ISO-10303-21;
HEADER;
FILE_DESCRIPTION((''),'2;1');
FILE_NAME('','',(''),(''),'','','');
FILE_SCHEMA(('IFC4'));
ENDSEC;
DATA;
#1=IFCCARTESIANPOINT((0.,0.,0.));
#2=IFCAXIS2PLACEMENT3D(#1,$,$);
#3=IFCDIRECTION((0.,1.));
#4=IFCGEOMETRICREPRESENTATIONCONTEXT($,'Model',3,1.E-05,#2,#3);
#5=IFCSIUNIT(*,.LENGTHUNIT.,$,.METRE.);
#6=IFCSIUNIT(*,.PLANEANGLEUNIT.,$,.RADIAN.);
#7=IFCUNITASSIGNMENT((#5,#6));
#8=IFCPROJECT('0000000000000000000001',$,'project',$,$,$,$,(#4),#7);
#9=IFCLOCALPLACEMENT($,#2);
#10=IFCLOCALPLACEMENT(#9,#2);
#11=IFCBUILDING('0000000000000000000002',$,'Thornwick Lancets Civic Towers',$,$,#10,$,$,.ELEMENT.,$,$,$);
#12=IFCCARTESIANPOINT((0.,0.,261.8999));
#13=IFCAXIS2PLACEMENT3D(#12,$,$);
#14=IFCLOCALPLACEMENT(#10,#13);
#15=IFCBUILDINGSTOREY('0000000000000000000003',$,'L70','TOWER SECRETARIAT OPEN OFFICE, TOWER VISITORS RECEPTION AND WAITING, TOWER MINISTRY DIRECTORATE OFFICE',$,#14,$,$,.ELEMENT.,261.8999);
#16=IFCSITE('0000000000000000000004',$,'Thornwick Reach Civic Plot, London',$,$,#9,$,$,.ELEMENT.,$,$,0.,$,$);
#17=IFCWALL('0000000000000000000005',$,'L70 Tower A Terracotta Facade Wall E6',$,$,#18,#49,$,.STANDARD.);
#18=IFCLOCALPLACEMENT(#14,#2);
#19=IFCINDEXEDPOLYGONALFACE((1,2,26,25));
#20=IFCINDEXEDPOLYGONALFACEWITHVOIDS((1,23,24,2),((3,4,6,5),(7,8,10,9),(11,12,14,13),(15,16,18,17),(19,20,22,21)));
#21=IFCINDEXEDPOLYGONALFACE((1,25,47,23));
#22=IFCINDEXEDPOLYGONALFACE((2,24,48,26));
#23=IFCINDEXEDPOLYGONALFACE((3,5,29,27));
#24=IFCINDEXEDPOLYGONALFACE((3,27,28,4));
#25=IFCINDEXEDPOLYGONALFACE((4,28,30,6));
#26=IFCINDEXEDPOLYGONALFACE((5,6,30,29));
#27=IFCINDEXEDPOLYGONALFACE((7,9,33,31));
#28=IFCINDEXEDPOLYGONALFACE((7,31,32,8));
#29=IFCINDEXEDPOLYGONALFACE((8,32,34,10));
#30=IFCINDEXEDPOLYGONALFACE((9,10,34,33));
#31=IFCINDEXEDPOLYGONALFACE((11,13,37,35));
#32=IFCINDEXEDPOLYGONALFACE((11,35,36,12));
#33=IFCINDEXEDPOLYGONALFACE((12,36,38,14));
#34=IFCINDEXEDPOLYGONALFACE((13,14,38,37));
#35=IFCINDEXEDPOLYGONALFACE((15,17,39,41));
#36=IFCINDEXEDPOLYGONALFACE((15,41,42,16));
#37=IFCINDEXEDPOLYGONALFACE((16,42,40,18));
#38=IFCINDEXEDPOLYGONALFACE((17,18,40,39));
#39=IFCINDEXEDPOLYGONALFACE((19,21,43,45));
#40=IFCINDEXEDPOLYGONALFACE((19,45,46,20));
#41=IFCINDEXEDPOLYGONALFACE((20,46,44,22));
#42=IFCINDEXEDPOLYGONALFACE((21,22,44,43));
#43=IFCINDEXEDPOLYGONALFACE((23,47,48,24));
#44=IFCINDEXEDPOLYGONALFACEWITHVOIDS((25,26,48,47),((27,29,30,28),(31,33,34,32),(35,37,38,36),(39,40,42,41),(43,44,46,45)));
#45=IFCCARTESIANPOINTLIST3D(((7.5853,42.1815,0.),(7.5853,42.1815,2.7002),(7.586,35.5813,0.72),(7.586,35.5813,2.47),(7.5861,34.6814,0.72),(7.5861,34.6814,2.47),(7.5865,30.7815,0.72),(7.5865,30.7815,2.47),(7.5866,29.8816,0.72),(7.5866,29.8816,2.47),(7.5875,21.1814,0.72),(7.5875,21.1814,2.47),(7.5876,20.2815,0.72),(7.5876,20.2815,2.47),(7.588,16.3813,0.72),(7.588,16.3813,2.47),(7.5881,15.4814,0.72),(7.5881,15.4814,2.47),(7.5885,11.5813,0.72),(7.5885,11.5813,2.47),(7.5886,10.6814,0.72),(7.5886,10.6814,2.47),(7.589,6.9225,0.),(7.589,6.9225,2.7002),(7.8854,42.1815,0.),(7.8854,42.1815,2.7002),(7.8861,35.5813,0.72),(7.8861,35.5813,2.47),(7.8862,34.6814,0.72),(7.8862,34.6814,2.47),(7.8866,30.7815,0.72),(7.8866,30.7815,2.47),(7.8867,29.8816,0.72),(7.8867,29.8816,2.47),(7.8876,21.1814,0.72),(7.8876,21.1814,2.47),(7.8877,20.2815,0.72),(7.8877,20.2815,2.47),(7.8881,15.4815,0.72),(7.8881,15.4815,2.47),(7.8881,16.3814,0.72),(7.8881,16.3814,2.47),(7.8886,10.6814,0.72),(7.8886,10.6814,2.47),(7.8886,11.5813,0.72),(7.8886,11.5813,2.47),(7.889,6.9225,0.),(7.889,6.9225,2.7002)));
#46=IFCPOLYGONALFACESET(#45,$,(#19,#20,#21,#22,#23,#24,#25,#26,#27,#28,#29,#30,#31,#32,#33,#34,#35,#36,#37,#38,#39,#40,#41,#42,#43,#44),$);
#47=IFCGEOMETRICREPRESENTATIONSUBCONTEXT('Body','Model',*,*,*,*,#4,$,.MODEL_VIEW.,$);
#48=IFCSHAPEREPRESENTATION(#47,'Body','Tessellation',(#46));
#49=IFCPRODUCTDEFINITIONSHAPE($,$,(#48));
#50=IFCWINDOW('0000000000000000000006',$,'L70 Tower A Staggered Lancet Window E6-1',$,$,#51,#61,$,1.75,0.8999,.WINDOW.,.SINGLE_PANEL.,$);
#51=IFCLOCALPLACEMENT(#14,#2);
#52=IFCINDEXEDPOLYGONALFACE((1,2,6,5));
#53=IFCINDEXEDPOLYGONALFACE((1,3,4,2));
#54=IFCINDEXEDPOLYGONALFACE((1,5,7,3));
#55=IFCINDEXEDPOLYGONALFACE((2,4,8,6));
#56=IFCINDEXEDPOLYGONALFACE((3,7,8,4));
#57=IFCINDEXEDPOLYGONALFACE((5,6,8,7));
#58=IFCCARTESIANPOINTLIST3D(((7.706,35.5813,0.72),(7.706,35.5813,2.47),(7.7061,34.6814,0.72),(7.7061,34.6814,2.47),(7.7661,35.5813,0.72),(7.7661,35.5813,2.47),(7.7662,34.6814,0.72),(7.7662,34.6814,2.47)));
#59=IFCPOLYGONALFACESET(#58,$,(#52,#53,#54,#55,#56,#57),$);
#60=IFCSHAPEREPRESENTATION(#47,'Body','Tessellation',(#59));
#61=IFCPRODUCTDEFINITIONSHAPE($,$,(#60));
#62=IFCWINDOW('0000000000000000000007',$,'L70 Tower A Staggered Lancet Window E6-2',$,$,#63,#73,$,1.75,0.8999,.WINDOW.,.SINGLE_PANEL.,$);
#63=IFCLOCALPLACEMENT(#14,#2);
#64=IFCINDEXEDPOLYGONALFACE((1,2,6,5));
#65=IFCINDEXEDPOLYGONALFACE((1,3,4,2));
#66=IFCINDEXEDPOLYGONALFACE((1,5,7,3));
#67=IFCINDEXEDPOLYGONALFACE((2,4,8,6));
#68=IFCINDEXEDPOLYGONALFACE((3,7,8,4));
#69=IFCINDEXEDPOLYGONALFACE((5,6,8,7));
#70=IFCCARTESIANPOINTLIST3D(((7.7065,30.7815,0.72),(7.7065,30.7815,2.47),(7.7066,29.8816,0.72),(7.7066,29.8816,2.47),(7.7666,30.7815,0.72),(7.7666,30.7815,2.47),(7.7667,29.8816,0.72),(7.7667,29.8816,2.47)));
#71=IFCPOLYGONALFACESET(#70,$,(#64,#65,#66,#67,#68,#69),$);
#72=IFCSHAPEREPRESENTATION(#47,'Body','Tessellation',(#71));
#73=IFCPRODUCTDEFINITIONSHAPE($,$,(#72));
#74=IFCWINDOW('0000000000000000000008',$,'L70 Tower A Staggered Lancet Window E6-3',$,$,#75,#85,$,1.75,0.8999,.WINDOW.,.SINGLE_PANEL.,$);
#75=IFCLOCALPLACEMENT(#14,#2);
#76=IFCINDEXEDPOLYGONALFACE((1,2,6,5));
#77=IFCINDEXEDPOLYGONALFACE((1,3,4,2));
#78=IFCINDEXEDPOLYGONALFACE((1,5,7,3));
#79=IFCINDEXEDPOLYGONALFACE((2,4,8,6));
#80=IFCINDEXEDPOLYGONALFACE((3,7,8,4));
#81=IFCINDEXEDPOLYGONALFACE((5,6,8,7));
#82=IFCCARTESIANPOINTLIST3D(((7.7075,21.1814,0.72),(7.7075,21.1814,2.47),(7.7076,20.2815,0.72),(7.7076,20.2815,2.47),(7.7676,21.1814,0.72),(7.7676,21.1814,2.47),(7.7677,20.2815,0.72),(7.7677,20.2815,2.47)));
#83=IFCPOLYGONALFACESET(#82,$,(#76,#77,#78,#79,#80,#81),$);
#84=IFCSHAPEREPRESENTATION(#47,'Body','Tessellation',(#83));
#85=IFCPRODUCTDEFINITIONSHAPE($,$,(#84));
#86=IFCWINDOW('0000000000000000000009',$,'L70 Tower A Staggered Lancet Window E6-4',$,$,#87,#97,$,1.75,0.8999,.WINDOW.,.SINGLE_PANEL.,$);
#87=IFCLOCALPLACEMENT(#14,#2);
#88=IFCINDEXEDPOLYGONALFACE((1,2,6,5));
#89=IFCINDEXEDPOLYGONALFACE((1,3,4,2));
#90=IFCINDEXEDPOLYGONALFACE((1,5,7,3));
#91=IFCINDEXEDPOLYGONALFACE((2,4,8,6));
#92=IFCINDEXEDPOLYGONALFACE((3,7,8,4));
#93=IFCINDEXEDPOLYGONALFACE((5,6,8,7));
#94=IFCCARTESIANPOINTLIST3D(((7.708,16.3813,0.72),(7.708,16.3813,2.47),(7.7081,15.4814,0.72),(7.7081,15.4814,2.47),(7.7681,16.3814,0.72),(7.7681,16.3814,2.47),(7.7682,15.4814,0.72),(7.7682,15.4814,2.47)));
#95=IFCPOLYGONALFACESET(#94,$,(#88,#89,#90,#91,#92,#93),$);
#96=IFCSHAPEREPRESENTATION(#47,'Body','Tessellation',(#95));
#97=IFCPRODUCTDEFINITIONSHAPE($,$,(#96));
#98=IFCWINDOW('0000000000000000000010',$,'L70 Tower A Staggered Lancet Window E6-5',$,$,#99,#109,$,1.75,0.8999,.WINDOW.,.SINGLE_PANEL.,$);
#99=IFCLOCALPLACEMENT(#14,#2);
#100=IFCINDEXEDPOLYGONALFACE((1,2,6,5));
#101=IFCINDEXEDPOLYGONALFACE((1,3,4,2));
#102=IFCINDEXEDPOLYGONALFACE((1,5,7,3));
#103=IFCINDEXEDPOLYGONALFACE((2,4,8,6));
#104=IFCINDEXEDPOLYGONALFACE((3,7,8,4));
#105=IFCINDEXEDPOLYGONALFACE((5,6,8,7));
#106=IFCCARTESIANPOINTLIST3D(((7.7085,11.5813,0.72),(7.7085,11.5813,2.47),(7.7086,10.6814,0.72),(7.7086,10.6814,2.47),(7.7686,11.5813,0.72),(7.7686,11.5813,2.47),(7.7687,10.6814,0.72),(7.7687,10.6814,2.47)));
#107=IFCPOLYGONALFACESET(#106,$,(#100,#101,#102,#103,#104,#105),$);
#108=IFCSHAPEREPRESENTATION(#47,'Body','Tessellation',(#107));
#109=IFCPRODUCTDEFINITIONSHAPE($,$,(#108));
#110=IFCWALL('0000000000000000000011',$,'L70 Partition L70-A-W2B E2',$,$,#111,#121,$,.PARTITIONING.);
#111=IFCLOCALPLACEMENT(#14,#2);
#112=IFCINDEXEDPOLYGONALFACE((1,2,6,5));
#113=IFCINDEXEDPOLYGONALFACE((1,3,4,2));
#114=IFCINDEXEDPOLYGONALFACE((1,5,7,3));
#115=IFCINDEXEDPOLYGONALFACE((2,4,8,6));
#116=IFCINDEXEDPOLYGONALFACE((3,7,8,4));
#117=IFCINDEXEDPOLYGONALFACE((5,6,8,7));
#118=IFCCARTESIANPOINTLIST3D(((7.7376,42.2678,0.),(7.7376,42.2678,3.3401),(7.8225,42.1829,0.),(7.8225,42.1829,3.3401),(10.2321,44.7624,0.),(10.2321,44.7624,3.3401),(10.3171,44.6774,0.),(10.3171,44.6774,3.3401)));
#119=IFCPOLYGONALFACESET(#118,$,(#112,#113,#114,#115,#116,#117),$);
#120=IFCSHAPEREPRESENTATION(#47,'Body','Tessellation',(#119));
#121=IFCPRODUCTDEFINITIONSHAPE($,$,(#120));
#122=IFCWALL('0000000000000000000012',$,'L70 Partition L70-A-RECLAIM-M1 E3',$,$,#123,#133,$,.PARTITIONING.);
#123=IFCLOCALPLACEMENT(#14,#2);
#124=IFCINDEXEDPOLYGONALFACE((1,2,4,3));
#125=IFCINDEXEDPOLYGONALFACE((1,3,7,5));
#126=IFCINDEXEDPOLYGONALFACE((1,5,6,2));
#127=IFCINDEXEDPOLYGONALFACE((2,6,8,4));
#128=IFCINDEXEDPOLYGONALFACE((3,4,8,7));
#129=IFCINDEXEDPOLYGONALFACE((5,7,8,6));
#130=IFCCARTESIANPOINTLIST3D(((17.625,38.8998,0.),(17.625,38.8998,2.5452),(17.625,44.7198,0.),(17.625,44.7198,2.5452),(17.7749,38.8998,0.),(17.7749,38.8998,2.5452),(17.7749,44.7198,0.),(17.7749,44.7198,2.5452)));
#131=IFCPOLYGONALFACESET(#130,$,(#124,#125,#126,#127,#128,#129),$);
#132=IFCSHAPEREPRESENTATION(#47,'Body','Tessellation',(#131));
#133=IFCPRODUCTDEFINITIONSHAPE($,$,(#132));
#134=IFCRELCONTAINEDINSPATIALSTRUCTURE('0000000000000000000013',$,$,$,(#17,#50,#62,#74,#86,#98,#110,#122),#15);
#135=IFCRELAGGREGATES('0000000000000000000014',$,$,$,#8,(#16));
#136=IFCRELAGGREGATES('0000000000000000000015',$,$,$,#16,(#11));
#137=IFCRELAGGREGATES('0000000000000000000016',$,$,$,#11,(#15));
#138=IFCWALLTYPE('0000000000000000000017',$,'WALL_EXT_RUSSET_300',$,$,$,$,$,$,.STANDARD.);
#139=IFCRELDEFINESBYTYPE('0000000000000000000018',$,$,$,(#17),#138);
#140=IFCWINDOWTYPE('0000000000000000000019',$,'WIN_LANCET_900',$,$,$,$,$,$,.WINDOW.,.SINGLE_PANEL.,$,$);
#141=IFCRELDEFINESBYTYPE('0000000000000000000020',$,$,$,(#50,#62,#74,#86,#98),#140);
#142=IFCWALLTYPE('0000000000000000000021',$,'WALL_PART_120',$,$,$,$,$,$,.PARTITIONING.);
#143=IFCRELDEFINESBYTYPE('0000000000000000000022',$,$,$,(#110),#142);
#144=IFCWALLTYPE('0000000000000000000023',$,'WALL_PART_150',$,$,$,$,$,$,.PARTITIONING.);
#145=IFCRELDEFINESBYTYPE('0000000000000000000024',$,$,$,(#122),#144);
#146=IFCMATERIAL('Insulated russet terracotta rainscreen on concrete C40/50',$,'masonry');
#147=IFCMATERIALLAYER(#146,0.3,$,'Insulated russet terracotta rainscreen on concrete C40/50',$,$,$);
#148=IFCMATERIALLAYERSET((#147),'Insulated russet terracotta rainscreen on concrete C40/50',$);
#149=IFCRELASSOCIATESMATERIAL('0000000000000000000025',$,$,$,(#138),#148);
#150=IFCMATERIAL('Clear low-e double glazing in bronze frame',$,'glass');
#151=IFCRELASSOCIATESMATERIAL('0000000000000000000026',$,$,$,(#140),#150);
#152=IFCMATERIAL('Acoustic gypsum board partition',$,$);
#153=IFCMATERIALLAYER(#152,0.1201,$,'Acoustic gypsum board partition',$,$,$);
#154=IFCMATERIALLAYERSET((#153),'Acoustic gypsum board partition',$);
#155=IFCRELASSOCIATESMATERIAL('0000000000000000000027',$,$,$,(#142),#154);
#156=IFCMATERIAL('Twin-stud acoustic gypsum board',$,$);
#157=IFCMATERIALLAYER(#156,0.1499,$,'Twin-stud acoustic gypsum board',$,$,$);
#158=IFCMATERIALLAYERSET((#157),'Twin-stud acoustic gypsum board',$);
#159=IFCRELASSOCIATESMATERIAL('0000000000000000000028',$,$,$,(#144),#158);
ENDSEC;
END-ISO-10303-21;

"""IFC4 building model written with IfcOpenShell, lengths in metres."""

from ifc_helpers import new_model, si_unit, direction, frame, frame_2d, origin, place, context, subcontext, project, spatial, rectangle, extrude, material, layer, layer_set, type_object, element, fill, save


model = new_model("IFC4")

# Units and contexts
model_context = context("Model", 3, precision=1e-05, world=origin(), true_north=direction((0.0, 1.0)))
body_context = subcontext(model_context, "Body", "Model", "MODEL_VIEW")
ifc_project = project(units=[si_unit("LENGTHUNIT", "METRE"), si_unit("PLANEANGLEUNIT", "RADIAN")], contexts=[model_context])

# Site, building, storey
site_placement = place(None, origin())
site = spatial("IfcSite", under=ifc_project, at=site_placement, Name="Thornwick Reach Civic Plot, London", CompositionType="ELEMENT", RefElevation=0.0)
building_placement = place(site_placement, origin())
building = spatial("IfcBuilding", under=site, at=building_placement, Name="Thornwick Lancets Civic Towers", CompositionType="ELEMENT")
storey_placement = place(building_placement, frame((0.0, 0.0, 261.8999)))
storey = spatial("IfcBuildingStorey", under=building, at=storey_placement, Name="L70", Description="TOWER SECRETARIAT OPEN OFFICE, TOWER VISITORS RECEPTION AND WAITING, TOWER MINISTRY DIRECTORATE OFFICE", CompositionType="ELEMENT", Elevation=261.8999)

# Wall, openings, windows
ifc_material_1 = material(Name="Insulated russet terracotta rainscreen on concrete C40/50", Category="masonry")
ifc_layer_1 = layer(ifc_material_1, 0.3, Name="Insulated russet terracotta rainscreen on concrete C40/50")
ifc_layer_set_1 = layer_set([ifc_layer_1], Name="Insulated russet terracotta rainscreen on concrete C40/50")
wall_type_1 = type_object("IfcWallType", Name="WALL_EXT_RUSSET_300", PredefinedType="STANDARD", material=ifc_layer_set_1)
wall_1_placement = place(storey_placement, frame((7.7354, 42.1814, 0.0), z_axis=(0.0, 0.0, 1.0), x_axis=(0.000104, -1.0, 0.0)))
wall_1 = element("IfcWall", 1, at=wall_1_placement, inside=storey, type_object=wall_type_1, Name="L70 Tower A Terracotta Facade Wall E6", PredefinedType="STANDARD", context=body_context, shape_type="SweptSolid", body=[
    extrude(rectangle(XDim=35.259, YDim=0.3, at=frame_2d((17.6294, 0.0))), origin(), (0.0, 0.0, 1.0), 2.7002),
])
opening_1_placement = place(wall_1_placement, frame((6.6001, 0.0, 0.72)))
opening_1 = element("IfcOpeningElement", 2, at=opening_1_placement, cuts=wall_1, PredefinedType="OPENING", context=body_context, shape_type="SweptSolid", body=[
    extrude(rectangle(XDim=0.8999, YDim=1.75, at=frame_2d((0.45, 0.875))), frame((0.0, 0.1602, 0.0), z_axis=(0.0, -1.0, 0.0), x_axis=(1.0, 0.0, 0.0)), (0.0, 0.0, 1.0), 0.3201),
])
opening_2_placement = place(wall_1_placement, frame((11.3999, 0.0, 0.72)))
opening_2 = element("IfcOpeningElement", 3, at=opening_2_placement, cuts=wall_1, PredefinedType="OPENING", context=body_context, shape_type="SweptSolid", body=[
    extrude(rectangle(XDim=0.8999, YDim=1.75, at=frame_2d((0.45, 0.875))), frame((0.0, 0.1602, 0.0), z_axis=(0.0, -1.0, 0.0), x_axis=(1.0, 0.0, 0.0)), (0.0, 0.0, 1.0), 0.3201),
])
opening_3_placement = place(wall_1_placement, frame((21.0, 0.0, 0.72)))
opening_3 = element("IfcOpeningElement", 4, at=opening_3_placement, cuts=wall_1, PredefinedType="OPENING", context=body_context, shape_type="SweptSolid", body=[
    extrude(rectangle(XDim=0.8999, YDim=1.75, at=frame_2d((0.45, 0.875))), frame((0.0, 0.1602, 0.0), z_axis=(0.0, -1.0, 0.0), x_axis=(1.0, 0.0, 0.0)), (0.0, 0.0, 1.0), 0.3201),
])
opening_4_placement = place(wall_1_placement, frame((25.8, 0.0, 0.72)))
opening_4 = element("IfcOpeningElement", 5, at=opening_4_placement, cuts=wall_1, PredefinedType="OPENING", context=body_context, shape_type="SweptSolid", body=[
    extrude(rectangle(XDim=0.8999, YDim=1.75, at=frame_2d((0.45, 0.875))), frame((0.0, 0.1602, 0.0), z_axis=(0.0, -1.0, 0.0), x_axis=(1.0, 0.0, 0.0)), (0.0, 0.0, 1.0), 0.3201),
])
opening_5_placement = place(wall_1_placement, frame((30.6001, 0.0, 0.72)))
opening_5 = element("IfcOpeningElement", 6, at=opening_5_placement, cuts=wall_1, PredefinedType="OPENING", context=body_context, shape_type="SweptSolid", body=[
    extrude(rectangle(XDim=0.8999, YDim=1.75, at=frame_2d((0.45, 0.875))), frame((0.0, 0.1602, 0.0), z_axis=(0.0, -1.0, 0.0), x_axis=(1.0, 0.0, 0.0)), (0.0, 0.0, 1.0), 0.3201),
])
ifc_material_2 = material(Name="Clear low-e double glazing in bronze frame", Category="glass")
window_type = type_object("IfcWindowType", Name="WIN_LANCET_900", PartitioningType="SINGLE_PANEL", PredefinedType="WINDOW", material=ifc_material_2)
window_1_placement = place(opening_1_placement, origin())
window_1 = element("IfcWindow", 7, at=window_1_placement, inside=storey, type_object=window_type, Name="L70 Tower A Staggered Lancet Window E6-1", OverallHeight=1.75, OverallWidth=0.8999, PartitioningType="SINGLE_PANEL", PredefinedType="WINDOW", context=body_context, shape_type="SweptSolid", body=[
    extrude(rectangle(XDim=0.8999, YDim=1.75, at=frame_2d((0.45, 0.875))), frame((0.0, 0.03, 0.0), z_axis=(0.0, -1.0, 0.0), x_axis=(1.0, 0.0, 0.0)), (0.0, 0.0, 1.0), 0.0601),
])
fill(opening_1, window_1)
window_2_placement = place(opening_2_placement, origin())
window_2 = element("IfcWindow", 8, at=window_2_placement, inside=storey, type_object=window_type, Name="L70 Tower A Staggered Lancet Window E6-2", OverallHeight=1.75, OverallWidth=0.8999, PartitioningType="SINGLE_PANEL", PredefinedType="WINDOW", context=body_context, shape_type="SweptSolid", body=[
    extrude(rectangle(XDim=0.8999, YDim=1.75, at=frame_2d((0.45, 0.875))), frame((0.0, 0.03, 0.0), z_axis=(0.0, -1.0, 0.0), x_axis=(1.0, 0.0, 0.0)), (0.0, 0.0, 1.0), 0.0601),
])
fill(opening_2, window_2)
window_3_placement = place(opening_3_placement, origin())
window_3 = element("IfcWindow", 9, at=window_3_placement, inside=storey, type_object=window_type, Name="L70 Tower A Staggered Lancet Window E6-3", OverallHeight=1.75, OverallWidth=0.8999, PartitioningType="SINGLE_PANEL", PredefinedType="WINDOW", context=body_context, shape_type="SweptSolid", body=[
    extrude(rectangle(XDim=0.8999, YDim=1.75, at=frame_2d((0.45, 0.875))), frame((0.0, 0.03, 0.0), z_axis=(0.0, -1.0, 0.0), x_axis=(1.0, 0.0, 0.0)), (0.0, 0.0, 1.0), 0.0601),
])
fill(opening_3, window_3)
window_4_placement = place(opening_4_placement, origin())
window_4 = element("IfcWindow", 10, at=window_4_placement, inside=storey, type_object=window_type, Name="L70 Tower A Staggered Lancet Window E6-4", OverallHeight=1.75, OverallWidth=0.8999, PartitioningType="SINGLE_PANEL", PredefinedType="WINDOW", context=body_context, shape_type="SweptSolid", body=[
    extrude(rectangle(XDim=0.8999, YDim=1.75, at=frame_2d((0.45, 0.875))), frame((0.0, 0.03, 0.0), z_axis=(0.0, -1.0, 0.0), x_axis=(1.0, 0.0, 0.0)), (0.0, 0.0, 1.0), 0.0601),
])
fill(opening_4, window_4)
window_5_placement = place(opening_5_placement, origin())
window_5 = element("IfcWindow", 11, at=window_5_placement, inside=storey, type_object=window_type, Name="L70 Tower A Staggered Lancet Window E6-5", OverallHeight=1.75, OverallWidth=0.8999, PartitioningType="SINGLE_PANEL", PredefinedType="WINDOW", context=body_context, shape_type="SweptSolid", body=[
    extrude(rectangle(XDim=0.8999, YDim=1.75, at=frame_2d((0.45, 0.875))), frame((0.0, 0.03, 0.0), z_axis=(0.0, -1.0, 0.0), x_axis=(1.0, 0.0, 0.0)), (0.0, 0.0, 1.0), 0.0601),
])
fill(opening_5, window_5)

# Walls
ifc_material_3 = material(Name="Acoustic gypsum board partition")
ifc_layer_2 = layer(ifc_material_3, 0.1201, Name="Acoustic gypsum board partition")
ifc_layer_set_2 = layer_set([ifc_layer_2], Name="Acoustic gypsum board partition")
wall_type_2 = type_object("IfcWallType", Name="WALL_PART_120", PredefinedType="PARTITIONING", material=ifc_layer_set_2)
wall_2_placement = place(storey_placement, frame((7.78, 42.2253, 0.0), z_axis=(0.0, 0.0, 1.0), x_axis=(0.707107, 0.707107, 0.0)))
element("IfcWall", 12, at=wall_2_placement, inside=storey, type_object=wall_type_2, Name="L70 Partition L70-A-W2B E2", PredefinedType="PARTITIONING", context=body_context, shape_type="SweptSolid", body=[
    extrude(rectangle(XDim=3.5278, YDim=0.1201, at=frame_2d((1.7639, 0.0))), origin(), (0.0, 0.0, 1.0), 3.3401),
])
ifc_material_4 = material(Name="Twin-stud acoustic gypsum board")
ifc_layer_3 = layer(ifc_material_4, 0.1499, Name="Twin-stud acoustic gypsum board")
ifc_layer_set_3 = layer_set([ifc_layer_3], Name="Twin-stud acoustic gypsum board")
wall_type_3 = type_object("IfcWallType", Name="WALL_PART_150", PredefinedType="PARTITIONING", material=ifc_layer_set_3)
wall_3_placement = place(storey_placement, frame((17.7, 44.72, 0.0), z_axis=(0.0, 0.0, 1.0), x_axis=(0.0, -1.0, 0.0)))
element("IfcWall", 13, at=wall_3_placement, inside=storey, type_object=wall_type_3, Name="L70 Partition L70-A-RECLAIM-M1 E3", PredefinedType="PARTITIONING", context=body_context, shape_type="SweptSolid", body=[
    extrude(rectangle(XDim=5.8201, YDim=0.1499, at=frame_2d((2.9102, 0.0))), origin(), (0.0, 0.0, 1.0), 2.5452),
])

save(model, "model.ifc")
